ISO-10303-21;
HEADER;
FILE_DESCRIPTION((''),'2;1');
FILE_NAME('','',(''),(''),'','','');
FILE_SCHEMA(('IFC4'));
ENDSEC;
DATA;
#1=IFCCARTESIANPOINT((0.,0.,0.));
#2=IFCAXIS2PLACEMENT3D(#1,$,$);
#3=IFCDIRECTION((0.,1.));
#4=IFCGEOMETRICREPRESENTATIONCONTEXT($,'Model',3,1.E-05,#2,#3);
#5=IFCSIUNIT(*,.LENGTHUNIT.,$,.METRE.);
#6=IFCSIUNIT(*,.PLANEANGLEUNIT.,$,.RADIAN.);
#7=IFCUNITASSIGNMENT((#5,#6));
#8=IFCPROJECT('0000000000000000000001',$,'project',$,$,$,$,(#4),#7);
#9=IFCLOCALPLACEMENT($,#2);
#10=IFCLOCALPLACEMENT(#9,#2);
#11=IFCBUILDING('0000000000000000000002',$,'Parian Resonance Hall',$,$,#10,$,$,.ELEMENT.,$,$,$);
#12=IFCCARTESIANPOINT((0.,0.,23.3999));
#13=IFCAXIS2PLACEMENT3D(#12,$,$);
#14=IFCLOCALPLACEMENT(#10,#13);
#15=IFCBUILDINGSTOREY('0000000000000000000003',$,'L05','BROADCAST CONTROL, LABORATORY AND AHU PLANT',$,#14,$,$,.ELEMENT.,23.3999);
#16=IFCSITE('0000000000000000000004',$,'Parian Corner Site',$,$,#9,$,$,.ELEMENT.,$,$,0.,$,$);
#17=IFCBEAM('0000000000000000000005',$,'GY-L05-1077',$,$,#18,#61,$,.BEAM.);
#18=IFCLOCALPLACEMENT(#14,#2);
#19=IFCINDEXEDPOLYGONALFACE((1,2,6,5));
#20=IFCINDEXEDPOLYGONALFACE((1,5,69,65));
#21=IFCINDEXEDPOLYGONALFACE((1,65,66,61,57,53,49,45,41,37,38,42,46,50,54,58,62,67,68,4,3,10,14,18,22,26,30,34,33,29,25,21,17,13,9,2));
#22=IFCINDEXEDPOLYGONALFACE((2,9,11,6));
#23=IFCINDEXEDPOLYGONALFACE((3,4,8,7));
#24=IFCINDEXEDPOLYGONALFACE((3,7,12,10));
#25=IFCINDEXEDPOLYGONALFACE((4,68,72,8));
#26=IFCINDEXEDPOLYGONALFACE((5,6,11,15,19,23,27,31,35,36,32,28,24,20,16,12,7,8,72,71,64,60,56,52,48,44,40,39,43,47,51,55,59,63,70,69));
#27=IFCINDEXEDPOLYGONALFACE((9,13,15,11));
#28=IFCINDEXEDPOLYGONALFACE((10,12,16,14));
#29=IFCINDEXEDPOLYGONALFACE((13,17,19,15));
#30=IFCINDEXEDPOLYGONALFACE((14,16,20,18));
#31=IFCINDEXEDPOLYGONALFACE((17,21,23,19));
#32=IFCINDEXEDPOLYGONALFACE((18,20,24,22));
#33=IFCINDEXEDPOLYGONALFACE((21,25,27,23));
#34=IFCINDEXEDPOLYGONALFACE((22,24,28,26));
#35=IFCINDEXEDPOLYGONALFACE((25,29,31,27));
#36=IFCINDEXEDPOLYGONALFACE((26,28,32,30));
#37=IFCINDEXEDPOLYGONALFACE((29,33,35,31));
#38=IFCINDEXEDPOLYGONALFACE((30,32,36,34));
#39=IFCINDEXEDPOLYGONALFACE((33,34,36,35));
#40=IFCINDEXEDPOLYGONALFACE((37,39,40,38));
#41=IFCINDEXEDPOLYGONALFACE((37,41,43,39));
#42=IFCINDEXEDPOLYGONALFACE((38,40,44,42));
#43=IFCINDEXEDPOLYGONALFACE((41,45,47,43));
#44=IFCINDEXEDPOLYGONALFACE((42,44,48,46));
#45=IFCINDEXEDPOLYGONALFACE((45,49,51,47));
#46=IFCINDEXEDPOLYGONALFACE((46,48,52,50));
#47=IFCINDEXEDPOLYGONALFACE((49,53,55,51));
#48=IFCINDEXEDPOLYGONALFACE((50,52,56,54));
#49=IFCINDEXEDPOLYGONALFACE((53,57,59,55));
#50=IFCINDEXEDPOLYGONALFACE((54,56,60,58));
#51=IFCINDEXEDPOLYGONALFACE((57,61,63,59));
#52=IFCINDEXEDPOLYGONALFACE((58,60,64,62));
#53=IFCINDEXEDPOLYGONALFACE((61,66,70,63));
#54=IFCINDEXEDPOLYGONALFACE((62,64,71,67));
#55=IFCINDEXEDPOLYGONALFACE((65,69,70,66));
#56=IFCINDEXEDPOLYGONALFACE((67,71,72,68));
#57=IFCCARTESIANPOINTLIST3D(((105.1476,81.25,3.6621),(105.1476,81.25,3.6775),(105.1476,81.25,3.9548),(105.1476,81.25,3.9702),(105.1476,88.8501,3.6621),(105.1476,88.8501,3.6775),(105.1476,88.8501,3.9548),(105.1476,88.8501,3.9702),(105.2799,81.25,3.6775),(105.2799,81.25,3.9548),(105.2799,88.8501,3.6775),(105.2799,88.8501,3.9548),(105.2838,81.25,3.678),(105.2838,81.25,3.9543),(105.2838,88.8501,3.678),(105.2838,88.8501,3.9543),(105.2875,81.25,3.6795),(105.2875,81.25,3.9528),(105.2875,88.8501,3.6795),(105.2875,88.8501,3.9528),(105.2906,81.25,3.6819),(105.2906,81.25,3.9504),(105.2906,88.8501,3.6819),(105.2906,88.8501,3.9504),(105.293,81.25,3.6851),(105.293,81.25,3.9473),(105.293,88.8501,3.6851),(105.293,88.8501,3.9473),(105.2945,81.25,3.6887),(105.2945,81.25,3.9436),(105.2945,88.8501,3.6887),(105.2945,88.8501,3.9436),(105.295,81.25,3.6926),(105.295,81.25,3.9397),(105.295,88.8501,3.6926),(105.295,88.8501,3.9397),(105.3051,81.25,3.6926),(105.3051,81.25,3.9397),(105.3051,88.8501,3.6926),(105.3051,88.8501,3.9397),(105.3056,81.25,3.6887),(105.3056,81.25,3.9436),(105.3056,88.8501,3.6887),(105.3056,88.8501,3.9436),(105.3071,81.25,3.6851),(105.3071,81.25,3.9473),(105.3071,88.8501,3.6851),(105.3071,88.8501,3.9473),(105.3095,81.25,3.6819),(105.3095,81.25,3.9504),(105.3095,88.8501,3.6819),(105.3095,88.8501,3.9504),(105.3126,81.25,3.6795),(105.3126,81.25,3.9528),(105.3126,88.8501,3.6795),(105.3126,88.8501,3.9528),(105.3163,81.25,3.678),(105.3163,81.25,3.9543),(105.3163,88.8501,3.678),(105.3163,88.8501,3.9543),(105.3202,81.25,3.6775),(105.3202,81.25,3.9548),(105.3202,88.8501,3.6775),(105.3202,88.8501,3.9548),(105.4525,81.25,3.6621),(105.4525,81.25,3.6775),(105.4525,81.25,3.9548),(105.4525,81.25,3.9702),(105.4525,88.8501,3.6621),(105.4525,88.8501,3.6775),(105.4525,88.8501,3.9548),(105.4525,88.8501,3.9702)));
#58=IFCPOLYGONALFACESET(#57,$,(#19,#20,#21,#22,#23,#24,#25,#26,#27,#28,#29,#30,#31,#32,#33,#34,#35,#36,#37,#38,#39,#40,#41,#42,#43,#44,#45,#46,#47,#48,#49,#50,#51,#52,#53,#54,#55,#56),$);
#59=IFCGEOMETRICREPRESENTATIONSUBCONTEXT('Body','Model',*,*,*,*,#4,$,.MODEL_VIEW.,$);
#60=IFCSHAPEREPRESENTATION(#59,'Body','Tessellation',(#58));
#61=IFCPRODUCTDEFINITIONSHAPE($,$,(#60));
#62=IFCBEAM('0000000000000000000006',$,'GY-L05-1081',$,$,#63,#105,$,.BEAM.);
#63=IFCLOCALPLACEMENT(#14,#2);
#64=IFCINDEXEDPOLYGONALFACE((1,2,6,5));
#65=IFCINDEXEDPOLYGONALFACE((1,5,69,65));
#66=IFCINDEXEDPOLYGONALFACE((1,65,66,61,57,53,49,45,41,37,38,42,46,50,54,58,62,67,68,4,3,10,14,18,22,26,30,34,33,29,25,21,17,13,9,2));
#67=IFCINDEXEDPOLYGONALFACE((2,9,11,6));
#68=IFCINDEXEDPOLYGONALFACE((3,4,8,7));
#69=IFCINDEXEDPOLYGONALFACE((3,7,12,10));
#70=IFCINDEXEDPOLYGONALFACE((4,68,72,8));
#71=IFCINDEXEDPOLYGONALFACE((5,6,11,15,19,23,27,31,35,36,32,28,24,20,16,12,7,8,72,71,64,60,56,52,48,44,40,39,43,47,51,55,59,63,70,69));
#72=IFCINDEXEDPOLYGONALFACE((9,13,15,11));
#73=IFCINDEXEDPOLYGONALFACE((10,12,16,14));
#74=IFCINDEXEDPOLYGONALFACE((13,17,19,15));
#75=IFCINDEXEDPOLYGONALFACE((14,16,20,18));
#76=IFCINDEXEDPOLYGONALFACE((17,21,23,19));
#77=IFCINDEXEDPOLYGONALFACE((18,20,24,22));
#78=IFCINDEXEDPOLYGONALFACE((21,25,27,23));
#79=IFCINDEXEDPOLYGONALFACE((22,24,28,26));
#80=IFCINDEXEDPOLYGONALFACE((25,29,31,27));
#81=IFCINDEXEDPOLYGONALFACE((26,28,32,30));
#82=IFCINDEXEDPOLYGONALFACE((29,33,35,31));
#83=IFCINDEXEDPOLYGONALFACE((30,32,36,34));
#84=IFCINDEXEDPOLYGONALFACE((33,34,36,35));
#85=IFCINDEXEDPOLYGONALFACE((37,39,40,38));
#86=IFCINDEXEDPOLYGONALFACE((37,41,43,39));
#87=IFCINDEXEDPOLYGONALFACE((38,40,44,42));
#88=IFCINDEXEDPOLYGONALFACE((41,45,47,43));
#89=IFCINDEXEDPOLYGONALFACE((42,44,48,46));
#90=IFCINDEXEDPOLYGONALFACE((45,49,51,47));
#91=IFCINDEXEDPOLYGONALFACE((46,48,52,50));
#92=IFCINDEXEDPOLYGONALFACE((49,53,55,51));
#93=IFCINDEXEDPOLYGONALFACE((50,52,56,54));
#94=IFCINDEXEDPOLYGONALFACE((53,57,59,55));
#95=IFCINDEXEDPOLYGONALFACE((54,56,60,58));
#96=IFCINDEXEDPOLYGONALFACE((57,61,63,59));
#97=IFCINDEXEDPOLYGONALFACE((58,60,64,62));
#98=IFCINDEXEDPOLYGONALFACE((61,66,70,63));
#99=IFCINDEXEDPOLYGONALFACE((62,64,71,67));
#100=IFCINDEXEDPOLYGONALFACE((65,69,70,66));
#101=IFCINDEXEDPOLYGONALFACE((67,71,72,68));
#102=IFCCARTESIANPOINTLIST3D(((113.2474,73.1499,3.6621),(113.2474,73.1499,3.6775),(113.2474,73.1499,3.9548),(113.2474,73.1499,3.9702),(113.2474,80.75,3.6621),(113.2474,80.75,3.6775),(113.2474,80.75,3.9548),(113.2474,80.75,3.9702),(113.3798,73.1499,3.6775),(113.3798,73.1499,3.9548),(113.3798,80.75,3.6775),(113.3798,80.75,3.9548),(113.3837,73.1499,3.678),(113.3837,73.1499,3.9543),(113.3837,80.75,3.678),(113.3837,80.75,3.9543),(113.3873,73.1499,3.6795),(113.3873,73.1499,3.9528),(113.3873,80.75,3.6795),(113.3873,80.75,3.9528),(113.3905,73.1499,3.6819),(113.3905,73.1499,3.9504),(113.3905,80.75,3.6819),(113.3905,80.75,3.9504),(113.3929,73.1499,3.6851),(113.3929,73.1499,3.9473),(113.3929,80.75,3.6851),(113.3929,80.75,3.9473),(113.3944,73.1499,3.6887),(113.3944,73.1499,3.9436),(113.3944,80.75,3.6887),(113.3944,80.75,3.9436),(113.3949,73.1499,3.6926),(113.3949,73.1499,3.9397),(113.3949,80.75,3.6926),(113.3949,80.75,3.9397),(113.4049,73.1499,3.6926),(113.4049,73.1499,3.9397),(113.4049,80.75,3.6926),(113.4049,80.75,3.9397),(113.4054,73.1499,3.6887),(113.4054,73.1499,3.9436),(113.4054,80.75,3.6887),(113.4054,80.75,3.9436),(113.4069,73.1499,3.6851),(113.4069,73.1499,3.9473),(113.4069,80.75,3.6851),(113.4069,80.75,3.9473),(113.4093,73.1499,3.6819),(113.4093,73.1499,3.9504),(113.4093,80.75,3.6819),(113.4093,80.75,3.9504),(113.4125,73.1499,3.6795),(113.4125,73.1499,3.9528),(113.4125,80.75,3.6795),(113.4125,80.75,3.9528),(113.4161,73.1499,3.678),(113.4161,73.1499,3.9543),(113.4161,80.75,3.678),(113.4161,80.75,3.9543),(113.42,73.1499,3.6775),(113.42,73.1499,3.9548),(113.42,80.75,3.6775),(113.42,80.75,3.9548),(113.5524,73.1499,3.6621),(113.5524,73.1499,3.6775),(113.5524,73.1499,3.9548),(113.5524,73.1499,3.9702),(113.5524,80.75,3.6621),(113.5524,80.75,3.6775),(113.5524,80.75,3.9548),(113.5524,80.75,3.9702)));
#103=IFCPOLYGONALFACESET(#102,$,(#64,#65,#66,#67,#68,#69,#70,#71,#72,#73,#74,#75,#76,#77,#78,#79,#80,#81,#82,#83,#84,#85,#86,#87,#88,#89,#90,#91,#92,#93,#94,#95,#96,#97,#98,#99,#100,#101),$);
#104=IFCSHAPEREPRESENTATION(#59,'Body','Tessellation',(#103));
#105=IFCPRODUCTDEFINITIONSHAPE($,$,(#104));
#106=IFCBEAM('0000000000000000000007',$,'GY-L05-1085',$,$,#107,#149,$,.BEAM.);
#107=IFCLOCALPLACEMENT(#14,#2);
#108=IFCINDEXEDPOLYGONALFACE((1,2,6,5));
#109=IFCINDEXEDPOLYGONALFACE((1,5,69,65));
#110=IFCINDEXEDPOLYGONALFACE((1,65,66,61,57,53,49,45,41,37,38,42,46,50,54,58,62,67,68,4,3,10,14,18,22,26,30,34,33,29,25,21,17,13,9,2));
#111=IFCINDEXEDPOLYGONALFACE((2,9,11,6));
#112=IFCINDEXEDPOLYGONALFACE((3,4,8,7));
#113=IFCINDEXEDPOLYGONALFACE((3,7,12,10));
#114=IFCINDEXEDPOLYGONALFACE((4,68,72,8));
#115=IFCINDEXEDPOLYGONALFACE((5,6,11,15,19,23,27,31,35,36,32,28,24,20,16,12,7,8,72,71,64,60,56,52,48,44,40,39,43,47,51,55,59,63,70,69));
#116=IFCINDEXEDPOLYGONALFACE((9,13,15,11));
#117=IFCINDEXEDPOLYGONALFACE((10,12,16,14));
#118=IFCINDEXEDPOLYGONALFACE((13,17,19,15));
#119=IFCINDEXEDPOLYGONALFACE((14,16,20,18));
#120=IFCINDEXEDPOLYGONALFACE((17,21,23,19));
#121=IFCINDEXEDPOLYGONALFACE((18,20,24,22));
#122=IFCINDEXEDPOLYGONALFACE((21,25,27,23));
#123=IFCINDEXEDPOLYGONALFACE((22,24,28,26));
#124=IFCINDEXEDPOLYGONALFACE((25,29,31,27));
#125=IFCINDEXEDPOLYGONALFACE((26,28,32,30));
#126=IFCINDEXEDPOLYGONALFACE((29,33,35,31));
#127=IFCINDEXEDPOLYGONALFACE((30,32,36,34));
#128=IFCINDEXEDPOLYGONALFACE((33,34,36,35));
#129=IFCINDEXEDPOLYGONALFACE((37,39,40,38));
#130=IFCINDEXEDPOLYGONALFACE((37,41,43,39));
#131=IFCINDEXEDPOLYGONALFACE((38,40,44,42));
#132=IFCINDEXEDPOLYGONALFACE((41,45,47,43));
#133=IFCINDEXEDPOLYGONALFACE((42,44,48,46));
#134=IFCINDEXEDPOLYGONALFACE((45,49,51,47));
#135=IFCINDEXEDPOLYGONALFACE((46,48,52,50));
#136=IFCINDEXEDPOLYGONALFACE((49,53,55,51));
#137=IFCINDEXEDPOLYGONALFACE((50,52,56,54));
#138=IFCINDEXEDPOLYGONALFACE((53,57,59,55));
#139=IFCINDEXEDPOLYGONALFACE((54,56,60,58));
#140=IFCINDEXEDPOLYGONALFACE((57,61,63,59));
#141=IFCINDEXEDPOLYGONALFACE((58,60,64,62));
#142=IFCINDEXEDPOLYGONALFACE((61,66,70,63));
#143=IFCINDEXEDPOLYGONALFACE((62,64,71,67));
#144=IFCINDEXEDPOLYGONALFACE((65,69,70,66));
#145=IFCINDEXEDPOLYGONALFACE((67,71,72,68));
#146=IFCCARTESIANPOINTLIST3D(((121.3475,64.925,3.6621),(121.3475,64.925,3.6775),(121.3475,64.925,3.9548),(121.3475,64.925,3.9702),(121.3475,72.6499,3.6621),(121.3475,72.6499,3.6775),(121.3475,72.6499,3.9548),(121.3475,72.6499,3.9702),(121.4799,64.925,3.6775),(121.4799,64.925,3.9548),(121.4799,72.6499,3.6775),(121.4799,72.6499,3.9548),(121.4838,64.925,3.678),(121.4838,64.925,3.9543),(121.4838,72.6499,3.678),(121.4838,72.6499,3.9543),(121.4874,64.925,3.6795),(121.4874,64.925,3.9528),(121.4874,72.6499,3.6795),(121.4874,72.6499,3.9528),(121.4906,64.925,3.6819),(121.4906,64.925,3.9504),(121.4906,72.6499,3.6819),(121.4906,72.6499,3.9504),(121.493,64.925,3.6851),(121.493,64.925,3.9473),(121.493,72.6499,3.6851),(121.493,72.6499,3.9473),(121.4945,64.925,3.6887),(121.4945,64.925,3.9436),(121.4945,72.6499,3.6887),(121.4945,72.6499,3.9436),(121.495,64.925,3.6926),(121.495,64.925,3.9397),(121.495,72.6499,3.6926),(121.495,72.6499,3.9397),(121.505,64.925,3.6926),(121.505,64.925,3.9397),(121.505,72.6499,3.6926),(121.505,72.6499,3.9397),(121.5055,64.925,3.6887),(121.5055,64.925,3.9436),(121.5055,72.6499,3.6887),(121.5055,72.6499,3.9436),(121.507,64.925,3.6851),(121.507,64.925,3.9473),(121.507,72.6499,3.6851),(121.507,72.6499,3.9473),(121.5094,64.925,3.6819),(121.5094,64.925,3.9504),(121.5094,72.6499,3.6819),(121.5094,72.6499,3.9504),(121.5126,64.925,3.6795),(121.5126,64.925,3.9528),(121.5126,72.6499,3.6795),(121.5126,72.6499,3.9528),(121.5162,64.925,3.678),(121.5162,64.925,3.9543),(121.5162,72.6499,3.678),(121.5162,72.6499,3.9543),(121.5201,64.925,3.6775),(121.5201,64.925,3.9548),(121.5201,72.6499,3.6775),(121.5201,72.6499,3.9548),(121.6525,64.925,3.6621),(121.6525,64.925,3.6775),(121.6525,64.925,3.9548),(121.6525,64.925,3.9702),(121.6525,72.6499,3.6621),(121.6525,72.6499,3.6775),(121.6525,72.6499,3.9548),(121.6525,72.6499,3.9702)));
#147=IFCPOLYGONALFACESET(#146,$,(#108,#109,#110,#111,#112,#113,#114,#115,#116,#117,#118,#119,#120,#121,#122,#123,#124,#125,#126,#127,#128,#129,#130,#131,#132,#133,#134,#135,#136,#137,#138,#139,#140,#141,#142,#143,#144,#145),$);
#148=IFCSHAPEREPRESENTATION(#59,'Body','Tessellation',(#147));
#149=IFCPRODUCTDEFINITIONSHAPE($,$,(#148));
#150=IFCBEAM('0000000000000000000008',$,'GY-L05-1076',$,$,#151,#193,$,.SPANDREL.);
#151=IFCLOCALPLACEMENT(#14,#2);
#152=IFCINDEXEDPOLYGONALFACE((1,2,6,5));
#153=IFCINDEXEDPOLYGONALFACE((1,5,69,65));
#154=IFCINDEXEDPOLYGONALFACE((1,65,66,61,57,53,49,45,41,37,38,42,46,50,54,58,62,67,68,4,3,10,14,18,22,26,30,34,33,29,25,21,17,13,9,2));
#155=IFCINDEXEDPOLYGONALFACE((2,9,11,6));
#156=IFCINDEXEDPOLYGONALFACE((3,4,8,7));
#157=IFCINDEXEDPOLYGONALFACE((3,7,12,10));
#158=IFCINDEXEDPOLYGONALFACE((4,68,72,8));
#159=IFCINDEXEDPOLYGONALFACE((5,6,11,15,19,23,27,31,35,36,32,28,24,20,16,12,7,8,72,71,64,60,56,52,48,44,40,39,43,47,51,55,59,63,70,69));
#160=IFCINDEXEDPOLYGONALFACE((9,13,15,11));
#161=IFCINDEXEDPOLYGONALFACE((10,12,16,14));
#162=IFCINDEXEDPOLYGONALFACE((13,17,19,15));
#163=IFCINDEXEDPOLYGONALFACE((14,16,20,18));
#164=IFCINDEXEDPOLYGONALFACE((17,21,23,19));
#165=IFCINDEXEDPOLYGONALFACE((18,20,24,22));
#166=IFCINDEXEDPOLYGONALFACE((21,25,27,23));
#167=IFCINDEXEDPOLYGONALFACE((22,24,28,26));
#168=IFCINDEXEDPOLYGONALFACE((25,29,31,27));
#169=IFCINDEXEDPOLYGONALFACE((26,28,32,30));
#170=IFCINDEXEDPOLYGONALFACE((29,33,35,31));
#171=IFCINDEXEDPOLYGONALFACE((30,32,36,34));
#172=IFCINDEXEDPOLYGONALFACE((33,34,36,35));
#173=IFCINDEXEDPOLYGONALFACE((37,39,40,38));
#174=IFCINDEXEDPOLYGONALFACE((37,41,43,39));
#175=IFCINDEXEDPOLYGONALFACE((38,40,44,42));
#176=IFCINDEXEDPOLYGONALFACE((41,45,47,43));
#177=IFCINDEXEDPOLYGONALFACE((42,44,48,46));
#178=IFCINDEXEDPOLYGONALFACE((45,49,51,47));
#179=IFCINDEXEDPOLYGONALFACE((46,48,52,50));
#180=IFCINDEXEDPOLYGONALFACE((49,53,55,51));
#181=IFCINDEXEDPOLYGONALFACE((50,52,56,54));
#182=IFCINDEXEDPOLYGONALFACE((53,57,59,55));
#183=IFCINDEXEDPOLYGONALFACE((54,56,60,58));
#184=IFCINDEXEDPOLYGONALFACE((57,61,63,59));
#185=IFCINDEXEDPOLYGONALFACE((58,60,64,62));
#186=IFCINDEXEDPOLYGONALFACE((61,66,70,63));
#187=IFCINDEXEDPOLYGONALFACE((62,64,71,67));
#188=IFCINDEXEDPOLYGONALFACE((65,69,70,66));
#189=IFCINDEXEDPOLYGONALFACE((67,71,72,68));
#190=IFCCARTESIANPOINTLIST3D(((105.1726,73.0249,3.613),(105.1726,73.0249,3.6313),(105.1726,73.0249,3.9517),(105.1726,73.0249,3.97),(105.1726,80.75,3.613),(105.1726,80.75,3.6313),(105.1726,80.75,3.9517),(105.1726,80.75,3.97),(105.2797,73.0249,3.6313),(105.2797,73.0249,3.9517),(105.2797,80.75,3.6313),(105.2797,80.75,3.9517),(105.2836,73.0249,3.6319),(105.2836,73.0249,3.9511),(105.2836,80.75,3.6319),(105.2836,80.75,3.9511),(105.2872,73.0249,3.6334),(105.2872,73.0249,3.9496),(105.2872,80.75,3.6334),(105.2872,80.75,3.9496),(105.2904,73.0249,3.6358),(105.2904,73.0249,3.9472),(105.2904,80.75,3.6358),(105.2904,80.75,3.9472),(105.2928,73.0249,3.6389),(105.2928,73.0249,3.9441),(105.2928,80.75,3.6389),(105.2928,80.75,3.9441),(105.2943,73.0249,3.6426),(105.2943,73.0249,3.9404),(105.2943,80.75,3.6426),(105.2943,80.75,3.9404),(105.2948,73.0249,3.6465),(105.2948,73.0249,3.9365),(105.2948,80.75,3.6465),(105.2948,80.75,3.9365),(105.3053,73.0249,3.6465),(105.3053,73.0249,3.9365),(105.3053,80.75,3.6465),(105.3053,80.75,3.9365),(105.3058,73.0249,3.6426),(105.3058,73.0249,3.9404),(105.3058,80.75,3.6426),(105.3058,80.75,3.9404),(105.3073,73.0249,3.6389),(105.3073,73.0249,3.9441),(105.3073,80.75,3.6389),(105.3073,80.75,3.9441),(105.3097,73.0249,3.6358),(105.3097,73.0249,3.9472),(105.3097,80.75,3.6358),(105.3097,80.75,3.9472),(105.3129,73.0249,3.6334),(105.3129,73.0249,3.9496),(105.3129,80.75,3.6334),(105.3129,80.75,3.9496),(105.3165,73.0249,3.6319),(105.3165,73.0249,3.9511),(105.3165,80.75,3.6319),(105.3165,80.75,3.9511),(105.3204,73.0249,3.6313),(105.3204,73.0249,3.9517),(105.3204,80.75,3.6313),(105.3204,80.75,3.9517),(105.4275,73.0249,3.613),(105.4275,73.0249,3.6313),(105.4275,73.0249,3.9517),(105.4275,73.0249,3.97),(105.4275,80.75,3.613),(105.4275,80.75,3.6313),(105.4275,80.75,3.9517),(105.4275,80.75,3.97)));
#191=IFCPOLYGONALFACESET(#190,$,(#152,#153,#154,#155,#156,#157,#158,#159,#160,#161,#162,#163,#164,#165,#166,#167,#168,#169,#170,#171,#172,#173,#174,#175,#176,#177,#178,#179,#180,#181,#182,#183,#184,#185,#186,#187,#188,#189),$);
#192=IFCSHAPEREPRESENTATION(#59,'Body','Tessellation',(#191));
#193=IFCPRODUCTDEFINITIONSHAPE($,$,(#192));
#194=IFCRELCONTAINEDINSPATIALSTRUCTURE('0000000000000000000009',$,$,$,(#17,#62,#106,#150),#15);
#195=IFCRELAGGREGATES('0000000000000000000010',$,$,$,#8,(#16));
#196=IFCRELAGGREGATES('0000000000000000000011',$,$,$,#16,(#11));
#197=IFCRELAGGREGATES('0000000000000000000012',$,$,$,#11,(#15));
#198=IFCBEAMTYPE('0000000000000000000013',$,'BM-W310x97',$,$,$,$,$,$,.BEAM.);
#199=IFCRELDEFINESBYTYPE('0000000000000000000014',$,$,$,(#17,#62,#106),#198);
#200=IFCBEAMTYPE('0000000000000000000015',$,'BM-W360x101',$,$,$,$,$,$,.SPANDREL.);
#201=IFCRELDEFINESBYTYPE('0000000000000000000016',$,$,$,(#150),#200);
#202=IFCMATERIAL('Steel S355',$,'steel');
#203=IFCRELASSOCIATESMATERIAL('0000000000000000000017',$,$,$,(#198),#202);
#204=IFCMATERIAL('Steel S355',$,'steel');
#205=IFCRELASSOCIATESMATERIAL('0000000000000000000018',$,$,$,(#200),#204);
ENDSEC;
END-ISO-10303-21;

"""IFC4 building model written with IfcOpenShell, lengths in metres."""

from ifc_helpers import new_model, si_unit, direction, frame, origin, origin_2d, place, context, subcontext, project, spatial, i_section, extrude, material, material_profile, profile_set, type_object, element, save


model = new_model("IFC4")

# Units and contexts
model_context = context("Model", 3, precision=1e-05, world=origin(), true_north=direction((0.0, 1.0)))
body_context = subcontext(model_context, "Body", "Model", "MODEL_VIEW")
ifc_project = project(units=[si_unit("LENGTHUNIT", "METRE"), si_unit("PLANEANGLEUNIT", "RADIAN")], contexts=[model_context])

# Site, building, storey
site_placement = place(None, origin())
site = spatial("IfcSite", under=ifc_project, at=site_placement, Name="Parian Corner Site", CompositionType="ELEMENT", RefElevation=0.0)
building_placement = place(site_placement, origin())
building = spatial("IfcBuilding", under=site, at=building_placement, Name="Parian Resonance Hall", CompositionType="ELEMENT")
storey_placement = place(building_placement, frame((0.0, 0.0, 23.3999)))
storey = spatial("IfcBuildingStorey", under=building, at=storey_placement, Name="L05", Description="BROADCAST CONTROL, LABORATORY AND AHU PLANT", CompositionType="ELEMENT", Elevation=23.3999)

# Beams
ifc_material_1 = material(Name="Steel S355", Category="steel")
ifc_material_profile_1 = material_profile(ifc_material_1, i_section(OverallWidth=0.3049, OverallDepth=0.3081, WebThickness=0.01, FlangeThickness=0.0154, FilletRadius=0.0151, at=origin_2d()), Name="W310x97")
ifc_profile_set_1 = profile_set([ifc_material_profile_1], Name="Steel S355")
beam_type_1 = type_object("IfcBeamType", Name="BM-W310x97", PredefinedType="BEAM", material=ifc_profile_set_1)
for number, where, z_axis, x_axis, name in (
    (1, (105.3, 81.25, 3.8162), (0.0, 1.0, 0.0), (-1.0, 0.0, 0.0), "GY-L05-1077"),
    (2, (113.3999, 73.1499, 3.8162), (0.0, 1.0, 0.0), (-1.0, 0.0, 0.0), "GY-L05-1081"),
):
    element("IfcBeam", number, at=place(storey_placement, frame(where, z_axis=z_axis, x_axis=x_axis)), inside=storey, type_object=beam_type_1, Name=name, PredefinedType="BEAM", context=body_context, shape_type="SweptSolid", body=[
        extrude(i_section(OverallWidth=0.3049, OverallDepth=0.3081, WebThickness=0.01, FlangeThickness=0.0154, FilletRadius=0.0151, at=origin_2d()), origin(), (0.0, 0.0, 1.0), 7.6001),
    ])
beam_1_placement = place(storey_placement, frame((121.5, 64.925, 3.8162), z_axis=(0.0, 1.0, 0.0), x_axis=(-1.0, 0.0, 0.0)))
element("IfcBeam", 3, at=beam_1_placement, inside=storey, type_object=beam_type_1, Name="GY-L05-1085", PredefinedType="BEAM", context=body_context, shape_type="SweptSolid", body=[
    extrude(i_section(OverallWidth=0.3049, OverallDepth=0.3081, WebThickness=0.01, FlangeThickness=0.0154, FilletRadius=0.0151, at=origin_2d()), origin(), (0.0, 0.0, 1.0), 7.7249),
])
ifc_material_2 = material(Name="Steel S355", Category="steel")
ifc_material_profile_2 = material_profile(ifc_material_2, i_section(OverallWidth=0.2549, OverallDepth=0.3569, WebThickness=0.0105, FlangeThickness=0.0183, FilletRadius=0.0151, at=origin_2d()), Name="W360x101")
ifc_profile_set_2 = profile_set([ifc_material_profile_2], Name="Steel S355")
beam_type_2 = type_object("IfcBeamType", Name="BM-W360x101", PredefinedType="SPANDREL", material=ifc_profile_set_2)
beam_2_placement = place(storey_placement, frame((105.3, 73.0249, 3.7915), z_axis=(0.0, 1.0, 0.0), x_axis=(-1.0, 0.0, 0.0)))
element("IfcBeam", 4, at=beam_2_placement, inside=storey, type_object=beam_type_2, Name="GY-L05-1076", PredefinedType="SPANDREL", context=body_context, shape_type="SweptSolid", body=[
    extrude(i_section(OverallWidth=0.2549, OverallDepth=0.3569, WebThickness=0.0105, FlangeThickness=0.0183, FilletRadius=0.0151, at=origin_2d()), origin(), (0.0, 0.0, 1.0), 7.7251),
])

save(model, "model.ifc")
